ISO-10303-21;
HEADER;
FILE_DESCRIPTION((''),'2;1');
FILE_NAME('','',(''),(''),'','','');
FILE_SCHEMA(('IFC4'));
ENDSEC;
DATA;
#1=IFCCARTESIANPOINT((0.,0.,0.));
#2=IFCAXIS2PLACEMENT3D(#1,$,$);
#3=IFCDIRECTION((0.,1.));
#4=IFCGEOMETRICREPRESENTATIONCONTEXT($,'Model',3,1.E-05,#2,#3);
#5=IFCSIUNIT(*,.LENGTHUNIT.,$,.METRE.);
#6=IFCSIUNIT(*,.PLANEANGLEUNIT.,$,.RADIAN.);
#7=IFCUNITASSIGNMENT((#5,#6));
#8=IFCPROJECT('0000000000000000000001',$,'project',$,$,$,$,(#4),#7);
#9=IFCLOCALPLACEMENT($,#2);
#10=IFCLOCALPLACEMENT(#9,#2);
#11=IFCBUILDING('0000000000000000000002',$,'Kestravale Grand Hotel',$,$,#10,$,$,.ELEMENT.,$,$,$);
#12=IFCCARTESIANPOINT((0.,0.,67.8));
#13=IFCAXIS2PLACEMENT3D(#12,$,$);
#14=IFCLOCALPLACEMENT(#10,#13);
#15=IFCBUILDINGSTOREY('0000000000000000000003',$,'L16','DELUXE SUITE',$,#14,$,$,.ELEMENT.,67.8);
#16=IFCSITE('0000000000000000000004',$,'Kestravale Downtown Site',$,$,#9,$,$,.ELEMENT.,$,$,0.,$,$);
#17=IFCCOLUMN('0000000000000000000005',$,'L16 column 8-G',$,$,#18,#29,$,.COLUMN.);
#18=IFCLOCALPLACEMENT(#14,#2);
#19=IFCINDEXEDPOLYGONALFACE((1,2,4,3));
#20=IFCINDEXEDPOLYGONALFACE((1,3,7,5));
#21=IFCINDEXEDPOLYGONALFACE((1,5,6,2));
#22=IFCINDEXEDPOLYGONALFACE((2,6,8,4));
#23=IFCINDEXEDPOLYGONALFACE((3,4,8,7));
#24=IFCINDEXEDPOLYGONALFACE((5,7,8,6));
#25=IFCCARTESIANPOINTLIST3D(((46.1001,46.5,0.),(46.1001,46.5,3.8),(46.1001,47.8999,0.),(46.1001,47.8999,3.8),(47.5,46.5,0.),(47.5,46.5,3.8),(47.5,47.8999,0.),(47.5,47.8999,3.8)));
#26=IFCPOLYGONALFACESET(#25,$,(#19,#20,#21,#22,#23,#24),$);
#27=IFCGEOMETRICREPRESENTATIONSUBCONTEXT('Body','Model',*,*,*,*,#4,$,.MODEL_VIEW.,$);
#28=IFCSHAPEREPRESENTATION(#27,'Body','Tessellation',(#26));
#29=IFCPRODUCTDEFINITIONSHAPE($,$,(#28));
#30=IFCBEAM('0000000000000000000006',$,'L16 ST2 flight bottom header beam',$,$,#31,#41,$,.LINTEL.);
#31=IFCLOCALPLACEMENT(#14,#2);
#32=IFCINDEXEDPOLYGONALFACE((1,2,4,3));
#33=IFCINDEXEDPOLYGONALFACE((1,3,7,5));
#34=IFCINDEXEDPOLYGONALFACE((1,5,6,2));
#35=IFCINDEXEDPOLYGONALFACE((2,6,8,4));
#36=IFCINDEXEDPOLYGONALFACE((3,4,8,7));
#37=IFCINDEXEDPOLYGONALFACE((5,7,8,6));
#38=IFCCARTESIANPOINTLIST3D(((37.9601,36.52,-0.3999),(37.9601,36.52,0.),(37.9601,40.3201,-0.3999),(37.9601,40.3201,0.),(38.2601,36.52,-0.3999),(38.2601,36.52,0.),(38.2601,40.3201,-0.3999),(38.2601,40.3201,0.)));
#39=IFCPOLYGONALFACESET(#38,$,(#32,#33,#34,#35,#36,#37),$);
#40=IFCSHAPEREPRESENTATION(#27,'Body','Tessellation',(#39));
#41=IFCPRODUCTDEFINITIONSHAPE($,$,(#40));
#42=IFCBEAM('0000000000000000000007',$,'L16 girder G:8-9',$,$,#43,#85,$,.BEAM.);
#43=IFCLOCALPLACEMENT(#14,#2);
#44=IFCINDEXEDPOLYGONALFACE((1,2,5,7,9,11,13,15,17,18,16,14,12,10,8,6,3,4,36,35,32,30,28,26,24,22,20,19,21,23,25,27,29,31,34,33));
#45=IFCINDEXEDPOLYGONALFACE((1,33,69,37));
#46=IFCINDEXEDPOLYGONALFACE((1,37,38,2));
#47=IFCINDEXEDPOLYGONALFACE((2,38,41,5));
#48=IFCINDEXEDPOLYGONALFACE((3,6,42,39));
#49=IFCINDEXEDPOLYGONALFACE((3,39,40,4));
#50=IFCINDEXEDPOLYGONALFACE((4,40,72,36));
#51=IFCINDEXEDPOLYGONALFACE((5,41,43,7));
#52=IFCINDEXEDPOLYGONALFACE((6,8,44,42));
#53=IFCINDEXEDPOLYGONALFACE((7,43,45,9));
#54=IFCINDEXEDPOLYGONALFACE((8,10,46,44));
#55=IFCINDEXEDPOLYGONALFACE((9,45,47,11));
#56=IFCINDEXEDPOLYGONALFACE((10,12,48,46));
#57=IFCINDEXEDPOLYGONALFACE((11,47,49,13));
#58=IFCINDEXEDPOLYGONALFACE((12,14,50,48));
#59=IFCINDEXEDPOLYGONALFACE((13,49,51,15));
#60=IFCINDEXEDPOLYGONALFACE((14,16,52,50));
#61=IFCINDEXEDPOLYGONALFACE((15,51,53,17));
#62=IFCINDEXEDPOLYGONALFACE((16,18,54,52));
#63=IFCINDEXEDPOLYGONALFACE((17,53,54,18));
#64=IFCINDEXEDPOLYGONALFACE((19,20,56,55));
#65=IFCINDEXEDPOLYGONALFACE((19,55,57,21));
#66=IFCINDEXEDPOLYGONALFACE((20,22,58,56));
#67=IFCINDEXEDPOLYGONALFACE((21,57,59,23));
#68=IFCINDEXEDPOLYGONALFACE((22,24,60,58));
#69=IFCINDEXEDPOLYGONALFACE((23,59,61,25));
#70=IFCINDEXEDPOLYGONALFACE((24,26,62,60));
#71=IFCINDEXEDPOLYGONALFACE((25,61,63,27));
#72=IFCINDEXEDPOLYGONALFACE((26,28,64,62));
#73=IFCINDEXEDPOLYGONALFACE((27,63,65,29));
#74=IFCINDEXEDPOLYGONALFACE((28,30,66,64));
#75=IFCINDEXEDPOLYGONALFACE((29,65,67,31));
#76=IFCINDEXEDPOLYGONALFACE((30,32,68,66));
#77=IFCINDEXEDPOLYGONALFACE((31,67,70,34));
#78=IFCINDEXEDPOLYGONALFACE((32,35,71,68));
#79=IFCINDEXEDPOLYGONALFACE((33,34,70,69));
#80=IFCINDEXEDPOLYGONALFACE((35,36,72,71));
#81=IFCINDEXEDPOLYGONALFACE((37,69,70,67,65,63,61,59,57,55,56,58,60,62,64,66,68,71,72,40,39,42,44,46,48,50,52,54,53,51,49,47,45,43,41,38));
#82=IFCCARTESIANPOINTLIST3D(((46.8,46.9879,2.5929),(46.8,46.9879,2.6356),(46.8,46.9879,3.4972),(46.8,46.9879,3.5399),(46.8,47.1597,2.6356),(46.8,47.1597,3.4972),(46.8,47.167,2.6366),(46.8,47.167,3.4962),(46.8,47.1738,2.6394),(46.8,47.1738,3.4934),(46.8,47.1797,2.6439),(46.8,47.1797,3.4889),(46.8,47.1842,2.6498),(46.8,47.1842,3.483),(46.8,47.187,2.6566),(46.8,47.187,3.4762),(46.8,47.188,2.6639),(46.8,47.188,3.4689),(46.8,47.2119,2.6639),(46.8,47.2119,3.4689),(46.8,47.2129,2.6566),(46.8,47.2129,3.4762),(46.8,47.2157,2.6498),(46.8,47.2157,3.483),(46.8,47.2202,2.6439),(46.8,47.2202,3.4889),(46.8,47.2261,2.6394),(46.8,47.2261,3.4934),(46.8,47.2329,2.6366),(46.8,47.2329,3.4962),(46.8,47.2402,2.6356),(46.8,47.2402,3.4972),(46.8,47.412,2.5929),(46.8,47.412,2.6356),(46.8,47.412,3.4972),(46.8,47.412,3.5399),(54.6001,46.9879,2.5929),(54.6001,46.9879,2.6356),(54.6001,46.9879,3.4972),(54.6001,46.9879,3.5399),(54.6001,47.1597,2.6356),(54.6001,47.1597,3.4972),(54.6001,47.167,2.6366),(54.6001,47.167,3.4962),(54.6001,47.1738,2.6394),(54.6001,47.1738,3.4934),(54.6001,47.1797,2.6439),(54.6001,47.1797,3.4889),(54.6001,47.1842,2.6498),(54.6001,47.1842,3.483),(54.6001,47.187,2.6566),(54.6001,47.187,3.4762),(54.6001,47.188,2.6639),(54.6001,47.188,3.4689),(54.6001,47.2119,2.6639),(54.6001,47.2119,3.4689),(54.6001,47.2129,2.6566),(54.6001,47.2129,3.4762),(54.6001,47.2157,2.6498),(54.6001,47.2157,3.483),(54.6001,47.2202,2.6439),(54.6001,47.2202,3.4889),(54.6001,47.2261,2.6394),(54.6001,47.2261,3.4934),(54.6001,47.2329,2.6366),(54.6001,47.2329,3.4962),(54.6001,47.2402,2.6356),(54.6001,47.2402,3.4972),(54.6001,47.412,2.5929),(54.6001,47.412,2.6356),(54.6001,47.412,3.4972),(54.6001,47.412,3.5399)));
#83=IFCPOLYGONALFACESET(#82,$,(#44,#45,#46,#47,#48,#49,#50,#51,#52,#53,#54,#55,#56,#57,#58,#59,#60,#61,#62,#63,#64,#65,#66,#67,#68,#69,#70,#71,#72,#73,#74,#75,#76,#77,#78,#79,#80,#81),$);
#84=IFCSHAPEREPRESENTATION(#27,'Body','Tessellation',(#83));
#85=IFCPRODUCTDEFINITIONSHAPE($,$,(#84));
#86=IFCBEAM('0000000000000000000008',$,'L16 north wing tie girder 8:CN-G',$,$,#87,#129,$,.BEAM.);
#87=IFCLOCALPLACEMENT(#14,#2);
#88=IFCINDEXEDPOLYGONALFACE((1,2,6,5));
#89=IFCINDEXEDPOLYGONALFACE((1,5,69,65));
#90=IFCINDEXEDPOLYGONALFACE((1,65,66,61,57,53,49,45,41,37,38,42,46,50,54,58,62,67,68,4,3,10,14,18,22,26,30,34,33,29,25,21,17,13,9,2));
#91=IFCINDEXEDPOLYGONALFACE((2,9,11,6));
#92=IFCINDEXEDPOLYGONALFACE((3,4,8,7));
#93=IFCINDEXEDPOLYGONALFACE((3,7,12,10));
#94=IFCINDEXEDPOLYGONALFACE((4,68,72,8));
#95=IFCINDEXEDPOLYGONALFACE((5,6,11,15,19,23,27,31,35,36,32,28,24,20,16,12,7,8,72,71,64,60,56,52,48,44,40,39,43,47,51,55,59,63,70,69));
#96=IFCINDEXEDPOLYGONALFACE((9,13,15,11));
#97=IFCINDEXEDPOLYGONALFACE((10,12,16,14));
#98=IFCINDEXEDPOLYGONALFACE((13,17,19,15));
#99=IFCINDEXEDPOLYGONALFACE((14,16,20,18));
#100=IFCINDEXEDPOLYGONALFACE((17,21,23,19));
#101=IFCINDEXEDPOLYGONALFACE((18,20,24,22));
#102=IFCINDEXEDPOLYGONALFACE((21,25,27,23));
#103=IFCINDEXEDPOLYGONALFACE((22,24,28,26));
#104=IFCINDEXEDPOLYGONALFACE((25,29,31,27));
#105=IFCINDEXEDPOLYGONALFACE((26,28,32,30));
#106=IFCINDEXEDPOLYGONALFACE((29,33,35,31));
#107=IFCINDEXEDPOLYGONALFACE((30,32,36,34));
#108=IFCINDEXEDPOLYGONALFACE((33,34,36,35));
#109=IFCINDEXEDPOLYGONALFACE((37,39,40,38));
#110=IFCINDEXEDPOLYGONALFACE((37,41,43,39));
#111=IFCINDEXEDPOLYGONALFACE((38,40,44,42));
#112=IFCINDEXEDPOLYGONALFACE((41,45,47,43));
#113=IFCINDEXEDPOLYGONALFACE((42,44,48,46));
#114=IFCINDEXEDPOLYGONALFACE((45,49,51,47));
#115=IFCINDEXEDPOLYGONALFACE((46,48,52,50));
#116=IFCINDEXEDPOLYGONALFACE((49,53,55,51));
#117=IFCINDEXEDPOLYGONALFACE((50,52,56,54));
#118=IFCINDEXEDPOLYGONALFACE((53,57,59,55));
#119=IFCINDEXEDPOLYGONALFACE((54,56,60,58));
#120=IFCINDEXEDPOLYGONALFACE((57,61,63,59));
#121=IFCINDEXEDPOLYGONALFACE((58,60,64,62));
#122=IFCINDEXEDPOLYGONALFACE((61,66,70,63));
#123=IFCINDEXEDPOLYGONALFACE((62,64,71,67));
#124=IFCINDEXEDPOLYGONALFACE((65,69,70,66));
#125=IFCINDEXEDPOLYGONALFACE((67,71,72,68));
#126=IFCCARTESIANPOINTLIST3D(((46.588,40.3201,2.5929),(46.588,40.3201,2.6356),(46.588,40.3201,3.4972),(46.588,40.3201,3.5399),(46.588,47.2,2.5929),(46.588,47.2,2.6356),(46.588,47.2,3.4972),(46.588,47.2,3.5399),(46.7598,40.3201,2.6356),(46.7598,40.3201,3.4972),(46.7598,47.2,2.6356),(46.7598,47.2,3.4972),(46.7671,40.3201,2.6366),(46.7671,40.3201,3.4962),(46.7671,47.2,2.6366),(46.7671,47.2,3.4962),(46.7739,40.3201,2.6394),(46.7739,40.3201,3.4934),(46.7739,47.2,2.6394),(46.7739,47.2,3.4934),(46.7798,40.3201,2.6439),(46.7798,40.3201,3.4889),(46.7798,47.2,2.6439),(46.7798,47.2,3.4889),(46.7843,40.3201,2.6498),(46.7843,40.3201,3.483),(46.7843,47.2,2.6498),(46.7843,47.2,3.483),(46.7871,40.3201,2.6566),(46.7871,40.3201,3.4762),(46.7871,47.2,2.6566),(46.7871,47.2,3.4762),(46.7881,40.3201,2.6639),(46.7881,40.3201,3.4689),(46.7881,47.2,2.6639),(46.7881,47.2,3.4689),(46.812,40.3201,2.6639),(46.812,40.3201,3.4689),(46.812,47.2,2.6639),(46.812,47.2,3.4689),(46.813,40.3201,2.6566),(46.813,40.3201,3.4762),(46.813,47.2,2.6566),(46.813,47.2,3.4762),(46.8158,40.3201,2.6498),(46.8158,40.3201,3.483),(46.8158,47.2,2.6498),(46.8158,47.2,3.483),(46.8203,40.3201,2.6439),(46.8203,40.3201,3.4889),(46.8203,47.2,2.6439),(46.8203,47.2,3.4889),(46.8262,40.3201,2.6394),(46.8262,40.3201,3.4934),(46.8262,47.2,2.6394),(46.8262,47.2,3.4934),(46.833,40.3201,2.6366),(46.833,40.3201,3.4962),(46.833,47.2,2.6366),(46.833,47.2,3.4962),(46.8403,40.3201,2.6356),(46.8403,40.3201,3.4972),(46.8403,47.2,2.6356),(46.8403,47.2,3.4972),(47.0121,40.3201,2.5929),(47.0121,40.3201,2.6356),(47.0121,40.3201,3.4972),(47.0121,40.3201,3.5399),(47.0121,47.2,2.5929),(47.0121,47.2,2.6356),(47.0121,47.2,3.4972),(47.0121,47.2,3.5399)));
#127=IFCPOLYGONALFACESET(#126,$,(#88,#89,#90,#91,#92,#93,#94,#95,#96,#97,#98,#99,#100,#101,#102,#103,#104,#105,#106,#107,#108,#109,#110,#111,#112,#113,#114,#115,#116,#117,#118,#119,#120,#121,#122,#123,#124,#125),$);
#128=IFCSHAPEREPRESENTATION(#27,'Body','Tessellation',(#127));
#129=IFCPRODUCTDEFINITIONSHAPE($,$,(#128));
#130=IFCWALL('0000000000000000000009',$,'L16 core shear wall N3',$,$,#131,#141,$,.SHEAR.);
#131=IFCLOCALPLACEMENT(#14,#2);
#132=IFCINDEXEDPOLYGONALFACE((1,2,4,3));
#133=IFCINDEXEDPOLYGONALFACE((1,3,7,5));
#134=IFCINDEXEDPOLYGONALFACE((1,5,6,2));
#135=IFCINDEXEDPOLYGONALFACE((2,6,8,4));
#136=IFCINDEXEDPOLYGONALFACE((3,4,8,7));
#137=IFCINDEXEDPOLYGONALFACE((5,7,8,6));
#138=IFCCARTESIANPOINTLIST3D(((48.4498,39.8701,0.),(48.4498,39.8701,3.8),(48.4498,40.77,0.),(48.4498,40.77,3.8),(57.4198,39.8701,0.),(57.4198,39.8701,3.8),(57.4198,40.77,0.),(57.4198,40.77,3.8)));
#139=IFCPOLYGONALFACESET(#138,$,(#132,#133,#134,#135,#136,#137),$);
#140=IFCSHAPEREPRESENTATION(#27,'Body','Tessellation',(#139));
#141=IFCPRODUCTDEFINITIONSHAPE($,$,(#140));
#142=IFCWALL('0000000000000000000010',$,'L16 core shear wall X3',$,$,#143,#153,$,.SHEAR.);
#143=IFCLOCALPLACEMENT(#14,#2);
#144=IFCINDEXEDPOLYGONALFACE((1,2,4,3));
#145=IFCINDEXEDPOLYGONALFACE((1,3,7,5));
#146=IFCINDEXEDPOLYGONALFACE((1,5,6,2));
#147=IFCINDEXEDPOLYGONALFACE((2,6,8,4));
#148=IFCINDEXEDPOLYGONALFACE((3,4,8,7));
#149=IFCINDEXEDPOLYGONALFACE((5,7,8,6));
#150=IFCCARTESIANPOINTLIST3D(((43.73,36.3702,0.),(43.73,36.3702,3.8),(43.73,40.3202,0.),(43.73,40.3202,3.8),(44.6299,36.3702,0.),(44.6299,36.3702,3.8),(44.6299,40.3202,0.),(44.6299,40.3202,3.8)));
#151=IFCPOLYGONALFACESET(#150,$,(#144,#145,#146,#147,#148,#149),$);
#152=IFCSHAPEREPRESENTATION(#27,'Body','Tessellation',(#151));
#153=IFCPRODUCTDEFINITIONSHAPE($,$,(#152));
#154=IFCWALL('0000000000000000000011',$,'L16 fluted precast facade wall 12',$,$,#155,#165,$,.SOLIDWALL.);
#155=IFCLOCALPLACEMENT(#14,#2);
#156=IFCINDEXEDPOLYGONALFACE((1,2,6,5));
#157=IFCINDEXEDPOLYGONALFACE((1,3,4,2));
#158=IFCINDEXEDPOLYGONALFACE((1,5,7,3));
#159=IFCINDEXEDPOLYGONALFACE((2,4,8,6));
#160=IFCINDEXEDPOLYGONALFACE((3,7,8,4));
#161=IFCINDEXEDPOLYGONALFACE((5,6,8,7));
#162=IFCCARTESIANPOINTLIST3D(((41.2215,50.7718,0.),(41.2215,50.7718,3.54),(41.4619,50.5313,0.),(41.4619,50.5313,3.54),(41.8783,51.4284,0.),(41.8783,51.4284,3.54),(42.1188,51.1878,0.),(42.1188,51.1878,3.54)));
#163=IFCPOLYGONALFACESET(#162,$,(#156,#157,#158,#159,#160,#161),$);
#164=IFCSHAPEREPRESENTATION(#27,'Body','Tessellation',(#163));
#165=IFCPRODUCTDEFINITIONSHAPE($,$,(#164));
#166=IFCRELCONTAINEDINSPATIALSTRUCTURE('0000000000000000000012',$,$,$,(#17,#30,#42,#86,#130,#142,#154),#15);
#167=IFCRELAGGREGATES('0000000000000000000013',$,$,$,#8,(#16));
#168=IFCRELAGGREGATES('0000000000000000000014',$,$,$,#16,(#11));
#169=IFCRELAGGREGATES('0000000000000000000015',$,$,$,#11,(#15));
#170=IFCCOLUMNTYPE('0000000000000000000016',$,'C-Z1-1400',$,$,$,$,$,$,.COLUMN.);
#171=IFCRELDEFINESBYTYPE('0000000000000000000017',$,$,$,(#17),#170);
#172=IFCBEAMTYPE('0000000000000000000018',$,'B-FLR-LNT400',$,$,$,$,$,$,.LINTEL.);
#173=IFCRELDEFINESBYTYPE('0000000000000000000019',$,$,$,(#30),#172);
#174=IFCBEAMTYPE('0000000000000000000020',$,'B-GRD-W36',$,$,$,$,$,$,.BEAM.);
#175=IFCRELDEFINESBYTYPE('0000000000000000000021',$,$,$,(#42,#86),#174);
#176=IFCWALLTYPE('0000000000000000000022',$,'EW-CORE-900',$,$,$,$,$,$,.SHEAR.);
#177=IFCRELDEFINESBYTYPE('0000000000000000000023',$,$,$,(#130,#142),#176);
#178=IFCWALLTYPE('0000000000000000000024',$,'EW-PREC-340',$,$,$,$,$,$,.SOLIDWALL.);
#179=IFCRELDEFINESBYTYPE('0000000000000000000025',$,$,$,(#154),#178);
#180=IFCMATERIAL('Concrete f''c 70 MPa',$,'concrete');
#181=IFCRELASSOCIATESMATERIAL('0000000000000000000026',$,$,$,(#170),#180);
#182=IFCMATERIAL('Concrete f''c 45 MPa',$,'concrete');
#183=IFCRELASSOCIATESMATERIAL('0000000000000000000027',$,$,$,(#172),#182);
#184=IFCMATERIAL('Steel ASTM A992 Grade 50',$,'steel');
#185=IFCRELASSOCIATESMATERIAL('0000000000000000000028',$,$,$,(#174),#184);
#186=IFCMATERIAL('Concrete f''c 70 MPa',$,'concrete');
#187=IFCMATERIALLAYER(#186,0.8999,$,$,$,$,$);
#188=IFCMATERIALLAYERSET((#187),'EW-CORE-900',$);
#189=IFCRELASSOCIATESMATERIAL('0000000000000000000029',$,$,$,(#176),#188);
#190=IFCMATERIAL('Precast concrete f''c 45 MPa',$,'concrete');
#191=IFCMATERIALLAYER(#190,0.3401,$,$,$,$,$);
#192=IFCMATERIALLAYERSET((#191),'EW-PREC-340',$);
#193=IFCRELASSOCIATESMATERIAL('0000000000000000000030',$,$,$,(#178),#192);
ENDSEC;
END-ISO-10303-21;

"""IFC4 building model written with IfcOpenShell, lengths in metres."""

from ifc_helpers import new_model, si_unit, direction, frame, frame_2d, origin, origin_2d, place, context, subcontext, project, spatial, rectangle, i_section, extrude, material, layer, layer_set, material_profile, profile_set, type_object, element, save


model = new_model("IFC4")

# Units and contexts
model_context = context("Model", 3, precision=1e-05, world=origin(), true_north=direction((0.0, 1.0)))
body_context = subcontext(model_context, "Body", "Model", "MODEL_VIEW")
ifc_project = project(units=[si_unit("LENGTHUNIT", "METRE"), si_unit("PLANEANGLEUNIT", "RADIAN")], contexts=[model_context])

# Site, building, storey
site_placement = place(None, origin())
site = spatial("IfcSite", under=ifc_project, at=site_placement, Name="Kestravale Downtown Site", CompositionType="ELEMENT", RefElevation=0.0)
building_placement = place(site_placement, origin())
building = spatial("IfcBuilding", under=site, at=building_placement, Name="Kestravale Grand Hotel", CompositionType="ELEMENT")
storey_placement = place(building_placement, frame((0.0, 0.0, 67.8)))
storey = spatial("IfcBuildingStorey", under=building, at=storey_placement, Name="L16", Description="DELUXE SUITE", CompositionType="ELEMENT", Elevation=67.8)

# Column
ifc_material_1 = material(Name="Concrete f'c 70 MPa", Category="concrete")
ifc_material_profile_1 = material_profile(ifc_material_1, rectangle(XDim=1.3999, YDim=1.3999, at=origin_2d()))
ifc_profile_set_1 = profile_set([ifc_material_profile_1], Name="Concrete f'c 70 MPa")
column_type = type_object("IfcColumnType", Name="C-Z1-1400", PredefinedType="COLUMN", material=ifc_profile_set_1)
column_placement = place(storey_placement, frame((46.8, 47.2, 0.0), z_axis=(0.0, 0.0, 1.0), x_axis=(1.0, 0.0, 0.0)))
element("IfcColumn", 1, at=column_placement, inside=storey, type_object=column_type, Name="L16 column 8-G", PredefinedType="COLUMN", context=body_context, shape_type="SweptSolid", body=[
    extrude(rectangle(XDim=1.3999, YDim=1.3999, at=origin_2d()), origin(), (0.0, 0.0, 1.0), 3.8),
])

# Beams
ifc_material_2 = material(Name="Concrete f'c 45 MPa", Category="concrete")
ifc_material_profile_2 = material_profile(ifc_material_2, rectangle(XDim=0.3, YDim=0.3999, at=origin_2d()))
ifc_profile_set_2 = profile_set([ifc_material_profile_2], Name="Concrete f'c 45 MPa")
beam_type_1 = type_object("IfcBeamType", Name="B-FLR-LNT400", PredefinedType="LINTEL", material=ifc_profile_set_2)
beam_1_placement = place(storey_placement, frame((38.1101, 36.52, -0.2), z_axis=(0.0, 1.0, 0.0), x_axis=(-1.0, 0.0, 0.0)))
element("IfcBeam", 2, at=beam_1_placement, inside=storey, type_object=beam_type_1, Name="L16 ST2 flight bottom header beam", PredefinedType="LINTEL", context=body_context, shape_type="SweptSolid", body=[
    extrude(rectangle(XDim=0.3, YDim=0.3999, at=origin_2d()), origin(), (0.0, 0.0, 1.0), 3.8),
])
ifc_material_3 = material(Name="Steel ASTM A992 Grade 50", Category="steel")
ifc_material_profile_3 = material_profile(ifc_material_3, i_section(OverallWidth=0.4241, OverallDepth=0.947, WebThickness=0.0239, FlangeThickness=0.0427, FilletRadius=0.0283, at=origin_2d()))
ifc_profile_set_3 = profile_set([ifc_material_profile_3], Name="Steel ASTM A992 Grade 50")
beam_type_2 = type_object("IfcBeamType", Name="B-GRD-W36", PredefinedType="BEAM", material=ifc_profile_set_3)
beam_2_placement = place(storey_placement, frame((46.8, 47.2, 3.0664), z_axis=(1.0, 0.0, 0.0), x_axis=(0.0, 1.0, 0.0)))
element("IfcBeam", 3, at=beam_2_placement, inside=storey, type_object=beam_type_2, Name="L16 girder G:8-9", PredefinedType="BEAM", context=body_context, shape_type="SweptSolid", body=[
    extrude(i_section(OverallWidth=0.4241, OverallDepth=0.947, WebThickness=0.0239, FlangeThickness=0.0427, FilletRadius=0.0283, at=origin_2d()), origin(), (0.0, 0.0, 1.0), 7.8),
])
beam_3_placement = place(storey_placement, frame((46.8, 40.3201, 3.0664), z_axis=(0.0, 1.0, 0.0), x_axis=(-1.0, 0.0, 0.0)))
element("IfcBeam", 4, at=beam_3_placement, inside=storey, type_object=beam_type_2, Name="L16 north wing tie girder 8:CN-G", PredefinedType="BEAM", context=body_context, shape_type="SweptSolid", body=[
    extrude(i_section(OverallWidth=0.4241, OverallDepth=0.947, WebThickness=0.0239, FlangeThickness=0.0427, FilletRadius=0.0283, at=origin_2d()), origin(), (0.0, 0.0, 1.0), 6.8799),
])

# Walls
ifc_material_4 = material(Name="Concrete f'c 70 MPa", Category="concrete")
ifc_layer_1 = layer(ifc_material_4, 0.8999)
ifc_layer_set_1 = layer_set([ifc_layer_1], Name="EW-CORE-900")
wall_type_1 = type_object("IfcWallType", Name="EW-CORE-900", PredefinedType="SHEAR", material=ifc_layer_set_1)
wall_1_placement = place(storey_placement, frame((48.45, 40.3201, 0.0), z_axis=(0.0, 0.0, 1.0), x_axis=(1.0, 0.0, 0.0)))
element("IfcWall", 5, at=wall_1_placement, inside=storey, type_object=wall_type_1, Name="L16 core shear wall N3", PredefinedType="SHEAR", context=body_context, shape_type="SweptSolid", body=[
    extrude(rectangle(XDim=8.97, YDim=0.8999, at=frame_2d((4.4849, 0.0))), origin(), (0.0, 0.0, 1.0), 3.8),
])
wall_2_placement = place(storey_placement, frame((44.1799, 36.3701, 0.0), z_axis=(0.0, 0.0, 1.0), x_axis=(0.0, 1.0, 0.0)))
element("IfcWall", 6, at=wall_2_placement, inside=storey, type_object=wall_type_1, Name="L16 core shear wall X3", PredefinedType="SHEAR", context=body_context, shape_type="SweptSolid", body=[
    extrude(rectangle(XDim=3.95, YDim=0.8999, at=frame_2d((1.9751, 0.0))), origin(), (0.0, 0.0, 1.0), 3.8),
])
ifc_material_5 = material(Name="Precast concrete f'c 45 MPa", Category="concrete")
ifc_layer_2 = layer(ifc_material_5, 0.3401)
ifc_layer_set_2 = layer_set([ifc_layer_2], Name="EW-PREC-340")
wall_type_2 = type_object("IfcWallType", Name="EW-PREC-340", PredefinedType="SOLIDWALL", material=ifc_layer_set_2)
wall_3_placement = place(storey_placement, frame((41.9985, 51.3081, 0.0), z_axis=(0.0, 0.0, 1.0), x_axis=(-0.707238, -0.706975, 0.0)))
element("IfcWall", 7, at=wall_3_placement, inside=storey, type_object=wall_type_2, Name="L16 fluted precast facade wall 12", PredefinedType="SOLIDWALL", context=body_context, shape_type="SweptSolid", body=[
    extrude(rectangle(XDim=0.9287, YDim=0.3401, at=frame_2d((0.4644, 0.0))), origin(), (0.0, 0.0, 1.0), 3.54),
])

save(model, "model.ifc")
